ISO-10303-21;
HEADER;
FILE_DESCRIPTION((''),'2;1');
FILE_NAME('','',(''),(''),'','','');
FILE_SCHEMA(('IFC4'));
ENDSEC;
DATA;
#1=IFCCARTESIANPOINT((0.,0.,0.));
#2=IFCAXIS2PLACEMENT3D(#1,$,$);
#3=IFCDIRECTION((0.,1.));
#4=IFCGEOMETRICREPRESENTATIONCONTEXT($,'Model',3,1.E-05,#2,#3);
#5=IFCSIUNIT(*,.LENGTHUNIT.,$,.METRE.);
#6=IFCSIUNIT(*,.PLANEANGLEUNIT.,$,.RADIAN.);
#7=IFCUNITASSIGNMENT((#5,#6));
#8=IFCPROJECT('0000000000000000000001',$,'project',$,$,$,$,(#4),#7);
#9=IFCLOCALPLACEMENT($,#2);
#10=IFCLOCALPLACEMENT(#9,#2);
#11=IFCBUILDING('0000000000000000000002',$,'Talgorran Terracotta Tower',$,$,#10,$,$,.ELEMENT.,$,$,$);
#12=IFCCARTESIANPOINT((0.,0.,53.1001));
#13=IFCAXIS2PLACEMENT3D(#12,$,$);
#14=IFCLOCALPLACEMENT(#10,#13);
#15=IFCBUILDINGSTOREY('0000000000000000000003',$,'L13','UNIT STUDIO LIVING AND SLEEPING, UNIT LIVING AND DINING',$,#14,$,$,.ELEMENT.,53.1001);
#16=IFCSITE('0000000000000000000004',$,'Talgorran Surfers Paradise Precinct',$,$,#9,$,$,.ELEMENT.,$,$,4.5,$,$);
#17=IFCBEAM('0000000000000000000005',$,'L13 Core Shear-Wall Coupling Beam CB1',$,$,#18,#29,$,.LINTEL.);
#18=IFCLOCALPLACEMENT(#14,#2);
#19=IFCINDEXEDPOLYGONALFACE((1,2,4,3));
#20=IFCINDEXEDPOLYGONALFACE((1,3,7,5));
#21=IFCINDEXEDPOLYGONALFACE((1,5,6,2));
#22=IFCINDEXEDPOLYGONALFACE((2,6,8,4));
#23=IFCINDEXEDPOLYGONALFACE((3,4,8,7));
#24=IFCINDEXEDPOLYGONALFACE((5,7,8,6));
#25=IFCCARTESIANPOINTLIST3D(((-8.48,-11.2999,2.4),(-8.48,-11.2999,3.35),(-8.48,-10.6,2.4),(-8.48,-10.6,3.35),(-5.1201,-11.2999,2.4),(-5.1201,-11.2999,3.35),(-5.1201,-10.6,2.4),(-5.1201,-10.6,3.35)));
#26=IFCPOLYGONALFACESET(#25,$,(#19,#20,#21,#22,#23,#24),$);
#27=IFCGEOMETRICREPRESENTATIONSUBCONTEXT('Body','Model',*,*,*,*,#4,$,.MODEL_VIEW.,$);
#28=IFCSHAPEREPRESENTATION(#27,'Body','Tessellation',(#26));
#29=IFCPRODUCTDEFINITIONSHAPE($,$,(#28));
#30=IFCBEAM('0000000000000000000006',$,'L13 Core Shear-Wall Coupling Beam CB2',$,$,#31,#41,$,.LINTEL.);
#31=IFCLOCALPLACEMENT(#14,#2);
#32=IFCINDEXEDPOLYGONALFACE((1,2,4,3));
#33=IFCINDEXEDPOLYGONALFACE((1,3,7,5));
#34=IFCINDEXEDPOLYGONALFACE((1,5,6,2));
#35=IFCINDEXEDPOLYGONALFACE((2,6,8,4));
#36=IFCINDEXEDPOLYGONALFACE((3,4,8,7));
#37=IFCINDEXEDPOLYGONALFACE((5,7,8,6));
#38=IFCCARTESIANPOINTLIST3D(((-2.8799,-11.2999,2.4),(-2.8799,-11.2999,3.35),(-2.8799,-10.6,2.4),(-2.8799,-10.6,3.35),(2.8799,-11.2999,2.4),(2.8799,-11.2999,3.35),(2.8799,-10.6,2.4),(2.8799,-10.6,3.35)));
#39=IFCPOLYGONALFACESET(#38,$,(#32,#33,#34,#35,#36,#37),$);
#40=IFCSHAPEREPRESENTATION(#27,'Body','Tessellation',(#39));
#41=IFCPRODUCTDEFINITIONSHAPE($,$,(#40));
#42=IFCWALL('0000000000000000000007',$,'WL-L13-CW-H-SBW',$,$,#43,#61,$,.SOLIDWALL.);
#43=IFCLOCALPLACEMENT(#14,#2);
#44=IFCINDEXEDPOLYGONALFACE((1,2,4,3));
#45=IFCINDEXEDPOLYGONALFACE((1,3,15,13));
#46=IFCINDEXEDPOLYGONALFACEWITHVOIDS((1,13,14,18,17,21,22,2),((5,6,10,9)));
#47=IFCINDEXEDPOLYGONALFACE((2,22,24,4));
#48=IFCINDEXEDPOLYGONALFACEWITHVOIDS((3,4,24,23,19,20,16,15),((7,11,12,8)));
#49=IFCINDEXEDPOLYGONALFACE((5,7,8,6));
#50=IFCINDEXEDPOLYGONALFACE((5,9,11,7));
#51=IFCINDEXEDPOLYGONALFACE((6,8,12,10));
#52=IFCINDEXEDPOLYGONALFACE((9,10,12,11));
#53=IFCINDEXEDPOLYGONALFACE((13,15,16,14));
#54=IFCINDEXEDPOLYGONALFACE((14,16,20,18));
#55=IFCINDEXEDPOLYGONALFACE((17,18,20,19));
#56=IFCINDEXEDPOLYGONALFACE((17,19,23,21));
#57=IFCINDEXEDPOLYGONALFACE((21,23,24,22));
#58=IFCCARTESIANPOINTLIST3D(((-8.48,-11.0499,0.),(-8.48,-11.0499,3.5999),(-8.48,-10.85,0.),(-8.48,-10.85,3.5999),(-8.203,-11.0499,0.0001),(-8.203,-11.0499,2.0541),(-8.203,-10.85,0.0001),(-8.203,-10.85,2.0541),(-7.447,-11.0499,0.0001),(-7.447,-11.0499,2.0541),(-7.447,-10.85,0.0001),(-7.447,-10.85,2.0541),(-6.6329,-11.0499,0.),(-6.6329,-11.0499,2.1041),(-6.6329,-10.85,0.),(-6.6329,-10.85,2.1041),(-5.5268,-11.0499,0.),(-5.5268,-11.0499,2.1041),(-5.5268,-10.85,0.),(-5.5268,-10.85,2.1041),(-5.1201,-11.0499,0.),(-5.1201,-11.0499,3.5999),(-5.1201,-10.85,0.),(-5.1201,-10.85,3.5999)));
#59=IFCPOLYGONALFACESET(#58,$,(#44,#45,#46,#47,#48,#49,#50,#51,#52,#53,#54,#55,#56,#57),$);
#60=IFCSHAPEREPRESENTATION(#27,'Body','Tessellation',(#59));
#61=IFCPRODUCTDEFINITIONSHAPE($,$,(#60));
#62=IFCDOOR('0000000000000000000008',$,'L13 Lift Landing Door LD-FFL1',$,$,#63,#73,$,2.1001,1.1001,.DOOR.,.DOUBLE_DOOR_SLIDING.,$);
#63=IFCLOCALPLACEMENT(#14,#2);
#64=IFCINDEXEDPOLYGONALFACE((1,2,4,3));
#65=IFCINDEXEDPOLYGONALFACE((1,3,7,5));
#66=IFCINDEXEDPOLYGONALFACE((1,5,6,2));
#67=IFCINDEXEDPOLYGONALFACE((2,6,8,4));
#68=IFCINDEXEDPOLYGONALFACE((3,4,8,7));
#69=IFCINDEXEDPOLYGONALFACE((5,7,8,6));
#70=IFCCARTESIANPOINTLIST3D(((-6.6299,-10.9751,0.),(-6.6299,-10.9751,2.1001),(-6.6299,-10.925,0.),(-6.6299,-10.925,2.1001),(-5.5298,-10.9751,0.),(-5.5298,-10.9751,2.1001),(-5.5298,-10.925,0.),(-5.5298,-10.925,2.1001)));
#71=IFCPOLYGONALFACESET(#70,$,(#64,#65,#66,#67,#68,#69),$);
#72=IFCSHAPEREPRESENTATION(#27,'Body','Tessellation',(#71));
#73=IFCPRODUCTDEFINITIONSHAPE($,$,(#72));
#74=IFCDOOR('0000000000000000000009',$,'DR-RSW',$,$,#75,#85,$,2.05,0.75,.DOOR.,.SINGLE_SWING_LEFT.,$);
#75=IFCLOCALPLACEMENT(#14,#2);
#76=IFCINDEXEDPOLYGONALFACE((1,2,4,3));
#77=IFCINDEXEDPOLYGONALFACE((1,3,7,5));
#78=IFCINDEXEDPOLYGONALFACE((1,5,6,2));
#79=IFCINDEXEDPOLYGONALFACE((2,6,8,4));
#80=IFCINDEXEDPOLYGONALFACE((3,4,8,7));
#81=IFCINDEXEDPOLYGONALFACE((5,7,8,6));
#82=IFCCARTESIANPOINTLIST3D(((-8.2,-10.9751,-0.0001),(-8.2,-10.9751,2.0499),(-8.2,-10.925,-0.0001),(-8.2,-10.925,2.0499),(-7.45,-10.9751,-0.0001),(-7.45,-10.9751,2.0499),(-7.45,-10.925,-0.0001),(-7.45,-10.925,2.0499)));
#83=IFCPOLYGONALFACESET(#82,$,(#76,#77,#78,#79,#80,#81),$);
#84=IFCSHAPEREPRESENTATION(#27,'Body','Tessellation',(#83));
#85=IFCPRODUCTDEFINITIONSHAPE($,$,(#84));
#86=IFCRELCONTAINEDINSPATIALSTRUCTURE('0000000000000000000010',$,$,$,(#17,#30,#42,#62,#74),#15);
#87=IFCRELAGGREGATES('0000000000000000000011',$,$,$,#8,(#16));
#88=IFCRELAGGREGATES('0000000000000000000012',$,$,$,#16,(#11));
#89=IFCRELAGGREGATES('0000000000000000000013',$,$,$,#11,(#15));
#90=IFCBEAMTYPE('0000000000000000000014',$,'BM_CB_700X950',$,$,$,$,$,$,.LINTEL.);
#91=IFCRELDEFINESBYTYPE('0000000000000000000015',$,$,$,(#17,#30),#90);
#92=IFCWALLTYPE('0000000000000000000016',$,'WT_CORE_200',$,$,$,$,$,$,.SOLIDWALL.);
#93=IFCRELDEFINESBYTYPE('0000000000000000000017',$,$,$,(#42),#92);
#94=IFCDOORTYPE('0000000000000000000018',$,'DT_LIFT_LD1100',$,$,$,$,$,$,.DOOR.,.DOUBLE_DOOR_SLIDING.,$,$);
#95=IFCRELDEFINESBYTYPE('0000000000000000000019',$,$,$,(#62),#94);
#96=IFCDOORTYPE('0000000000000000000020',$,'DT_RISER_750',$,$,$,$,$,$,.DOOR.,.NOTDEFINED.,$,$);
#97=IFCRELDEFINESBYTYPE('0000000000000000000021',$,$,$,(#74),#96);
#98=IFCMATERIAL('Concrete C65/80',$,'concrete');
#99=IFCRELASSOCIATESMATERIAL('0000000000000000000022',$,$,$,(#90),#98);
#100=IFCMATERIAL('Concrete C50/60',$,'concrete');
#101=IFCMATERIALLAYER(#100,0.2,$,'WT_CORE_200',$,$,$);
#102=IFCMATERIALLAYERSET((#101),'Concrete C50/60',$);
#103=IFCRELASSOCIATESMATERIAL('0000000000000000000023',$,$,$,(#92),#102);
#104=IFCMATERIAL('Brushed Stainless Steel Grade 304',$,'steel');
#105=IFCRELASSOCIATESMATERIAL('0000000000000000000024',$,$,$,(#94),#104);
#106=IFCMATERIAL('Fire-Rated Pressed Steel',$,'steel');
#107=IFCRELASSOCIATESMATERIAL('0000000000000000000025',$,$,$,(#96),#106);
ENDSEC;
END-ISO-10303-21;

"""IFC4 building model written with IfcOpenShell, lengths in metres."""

from ifc_helpers import new_model, si_unit, direction, frame, frame_2d, origin, origin_2d, place, context, subcontext, project, spatial, rectangle, extrude, material, layer, layer_set, material_profile, profile_set, type_object, element, fill, save


model = new_model("IFC4")

# Units and contexts
model_context = context("Model", 3, precision=1e-05, world=origin(), true_north=direction((0.0, 1.0)))
body_context = subcontext(model_context, "Body", "Model", "MODEL_VIEW")
ifc_project = project(units=[si_unit("LENGTHUNIT", "METRE"), si_unit("PLANEANGLEUNIT", "RADIAN")], contexts=[model_context])

# Site, building, storey
site_placement = place(None, origin())
site = spatial("IfcSite", under=ifc_project, at=site_placement, Name="Talgorran Surfers Paradise Precinct", CompositionType="ELEMENT", RefElevation=4.5)
building_placement = place(site_placement, origin())
building = spatial("IfcBuilding", under=site, at=building_placement, Name="Talgorran Terracotta Tower", CompositionType="ELEMENT")
storey_placement = place(building_placement, frame((0.0, 0.0, 53.1001)))
storey = spatial("IfcBuildingStorey", under=building, at=storey_placement, Name="L13", Description="UNIT STUDIO LIVING AND SLEEPING, UNIT LIVING AND DINING", CompositionType="ELEMENT", Elevation=53.1001)

# Beams
ifc_material_1 = material(Name="Concrete C65/80", Category="concrete")
ifc_material_profile = material_profile(ifc_material_1, rectangle(XDim=0.7, YDim=0.95, at=origin_2d()), Name="RCCB700X950")
ifc_profile_set = profile_set([ifc_material_profile], Name="Concrete C65/80")
beam_type = type_object("IfcBeamType", Name="BM_CB_700X950", PredefinedType="LINTEL", material=ifc_profile_set)
beam_1_placement = place(storey_placement, frame((-8.48, -10.95, 2.875), z_axis=(1.0, 0.0, 0.0), x_axis=(0.0, 1.0, 0.0)))
element("IfcBeam", 1, at=beam_1_placement, inside=storey, type_object=beam_type, Name="L13 Core Shear-Wall Coupling Beam CB1", PredefinedType="LINTEL", context=body_context, shape_type="SweptSolid", body=[
    extrude(rectangle(XDim=0.7, YDim=0.95, at=origin_2d()), origin(), (0.0, 0.0, 1.0), 3.3599),
])
beam_2_placement = place(storey_placement, frame((-2.8799, -10.95, 2.875), z_axis=(1.0, 0.0, 0.0), x_axis=(0.0, 1.0, 0.0)))
element("IfcBeam", 2, at=beam_2_placement, inside=storey, type_object=beam_type, Name="L13 Core Shear-Wall Coupling Beam CB2", PredefinedType="LINTEL", context=body_context, shape_type="SweptSolid", body=[
    extrude(rectangle(XDim=0.7, YDim=0.95, at=origin_2d()), origin(), (0.0, 0.0, 1.0), 5.7598),
])

# Wall, openings, doors
ifc_material_2 = material(Name="Concrete C50/60", Category="concrete")
ifc_layer_1 = layer(ifc_material_2, 0.2, Name="WT_CORE_200")
ifc_layer_set_1 = layer_set([ifc_layer_1], Name="Concrete C50/60")
wall_type_1 = type_object("IfcWallType", Name="WT_CORE_200", PredefinedType="SOLIDWALL", material=ifc_layer_set_1)
wall_1_placement = place(storey_placement, frame((-8.48, -10.95, 0.0), z_axis=(0.0, 0.0, 1.0), x_axis=(1.0, 0.0, 0.0)))
wall_1 = element("IfcWall", 3, at=wall_1_placement, inside=storey, type_object=wall_type_1, Name="WL-L13-CW-H-SBW", PredefinedType="SOLIDWALL", context=body_context, shape_type="SweptSolid", body=[
    extrude(rectangle(XDim=3.3599, YDim=0.2, at=frame_2d((1.6799, 0.0))), origin(), (0.0, 0.0, 1.0), 3.5999),
])
opening_1_placement = place(wall_1_placement, frame((0.28, 0.0, 0.0)))
opening_1 = element("IfcOpeningElement", 4, at=opening_1_placement, cuts=wall_1, PredefinedType="OPENING", context=body_context, shape_type="SweptSolid", body=[
    extrude(rectangle(XDim=0.756, YDim=2.054, at=frame_2d((0.375, 1.0271))), frame((0.0, 0.1099, 0.0), z_axis=(0.0, -1.0, 0.0), x_axis=(1.0, 0.0, 0.0)), (0.0, 0.0, 1.0), 0.22),
])
opening_2_placement = place(wall_1_placement, frame((1.8501, 0.0, 0.0)))
opening_2 = element("IfcOpeningElement", 5, at=opening_2_placement, cuts=wall_1, PredefinedType="OPENING", context=body_context, shape_type="SweptSolid", body=[
    extrude(rectangle(XDim=1.1061, YDim=2.1041, at=frame_2d((0.55, 1.052))), frame((0.0, 0.1099, 0.0), z_axis=(0.0, -1.0, 0.0), x_axis=(1.0, 0.0, 0.0)), (0.0, 0.0, 1.0), 0.22),
])
ifc_material_3 = material(Name="Brushed Stainless Steel Grade 304", Category="steel")
door_type_1 = type_object("IfcDoorType", Name="DT_LIFT_LD1100", OperationType="DOUBLE_DOOR_SLIDING", PredefinedType="DOOR", material=ifc_material_3)
door_1_placement = place(opening_2_placement, origin())
door_1 = element("IfcDoor", 6, at=door_1_placement, inside=storey, type_object=door_type_1, Name="L13 Lift Landing Door LD-FFL1", OperationType="DOUBLE_DOOR_SLIDING", OverallHeight=2.1001, OverallWidth=1.1001, PredefinedType="DOOR", context=body_context, shape_type="SweptSolid", body=[
    extrude(rectangle(XDim=1.1001, YDim=2.1001, at=frame_2d((0.55, 1.05))), frame((0.0, 0.0249, 0.0), z_axis=(0.0, -1.0, 0.0), x_axis=(1.0, 0.0, 0.0)), (0.0, 0.0, 1.0), 0.05),
])
fill(opening_2, door_1)
ifc_material_4 = material(Name="Fire-Rated Pressed Steel", Category="steel")
door_type_2 = type_object("IfcDoorType", Name="DT_RISER_750", OperationType="NOTDEFINED", PredefinedType="DOOR", material=ifc_material_4)
door_2_placement = place(opening_1_placement, origin())
door_2 = element("IfcDoor", 7, at=door_2_placement, inside=storey, type_object=door_type_2, Name="DR-RSW", OperationType="SINGLE_SWING_LEFT", OverallHeight=2.05, OverallWidth=0.75, PredefinedType="DOOR", context=body_context, shape_type="SweptSolid", body=[
    extrude(rectangle(XDim=0.75, YDim=2.05, at=frame_2d((0.375, 1.0249))), frame((0.0, 0.0249, 0.0), z_axis=(0.0, -1.0, 0.0), x_axis=(1.0, 0.0, 0.0)), (0.0, 0.0, 1.0), 0.05),
])
fill(opening_1, door_2)

save(model, "model.ifc")
